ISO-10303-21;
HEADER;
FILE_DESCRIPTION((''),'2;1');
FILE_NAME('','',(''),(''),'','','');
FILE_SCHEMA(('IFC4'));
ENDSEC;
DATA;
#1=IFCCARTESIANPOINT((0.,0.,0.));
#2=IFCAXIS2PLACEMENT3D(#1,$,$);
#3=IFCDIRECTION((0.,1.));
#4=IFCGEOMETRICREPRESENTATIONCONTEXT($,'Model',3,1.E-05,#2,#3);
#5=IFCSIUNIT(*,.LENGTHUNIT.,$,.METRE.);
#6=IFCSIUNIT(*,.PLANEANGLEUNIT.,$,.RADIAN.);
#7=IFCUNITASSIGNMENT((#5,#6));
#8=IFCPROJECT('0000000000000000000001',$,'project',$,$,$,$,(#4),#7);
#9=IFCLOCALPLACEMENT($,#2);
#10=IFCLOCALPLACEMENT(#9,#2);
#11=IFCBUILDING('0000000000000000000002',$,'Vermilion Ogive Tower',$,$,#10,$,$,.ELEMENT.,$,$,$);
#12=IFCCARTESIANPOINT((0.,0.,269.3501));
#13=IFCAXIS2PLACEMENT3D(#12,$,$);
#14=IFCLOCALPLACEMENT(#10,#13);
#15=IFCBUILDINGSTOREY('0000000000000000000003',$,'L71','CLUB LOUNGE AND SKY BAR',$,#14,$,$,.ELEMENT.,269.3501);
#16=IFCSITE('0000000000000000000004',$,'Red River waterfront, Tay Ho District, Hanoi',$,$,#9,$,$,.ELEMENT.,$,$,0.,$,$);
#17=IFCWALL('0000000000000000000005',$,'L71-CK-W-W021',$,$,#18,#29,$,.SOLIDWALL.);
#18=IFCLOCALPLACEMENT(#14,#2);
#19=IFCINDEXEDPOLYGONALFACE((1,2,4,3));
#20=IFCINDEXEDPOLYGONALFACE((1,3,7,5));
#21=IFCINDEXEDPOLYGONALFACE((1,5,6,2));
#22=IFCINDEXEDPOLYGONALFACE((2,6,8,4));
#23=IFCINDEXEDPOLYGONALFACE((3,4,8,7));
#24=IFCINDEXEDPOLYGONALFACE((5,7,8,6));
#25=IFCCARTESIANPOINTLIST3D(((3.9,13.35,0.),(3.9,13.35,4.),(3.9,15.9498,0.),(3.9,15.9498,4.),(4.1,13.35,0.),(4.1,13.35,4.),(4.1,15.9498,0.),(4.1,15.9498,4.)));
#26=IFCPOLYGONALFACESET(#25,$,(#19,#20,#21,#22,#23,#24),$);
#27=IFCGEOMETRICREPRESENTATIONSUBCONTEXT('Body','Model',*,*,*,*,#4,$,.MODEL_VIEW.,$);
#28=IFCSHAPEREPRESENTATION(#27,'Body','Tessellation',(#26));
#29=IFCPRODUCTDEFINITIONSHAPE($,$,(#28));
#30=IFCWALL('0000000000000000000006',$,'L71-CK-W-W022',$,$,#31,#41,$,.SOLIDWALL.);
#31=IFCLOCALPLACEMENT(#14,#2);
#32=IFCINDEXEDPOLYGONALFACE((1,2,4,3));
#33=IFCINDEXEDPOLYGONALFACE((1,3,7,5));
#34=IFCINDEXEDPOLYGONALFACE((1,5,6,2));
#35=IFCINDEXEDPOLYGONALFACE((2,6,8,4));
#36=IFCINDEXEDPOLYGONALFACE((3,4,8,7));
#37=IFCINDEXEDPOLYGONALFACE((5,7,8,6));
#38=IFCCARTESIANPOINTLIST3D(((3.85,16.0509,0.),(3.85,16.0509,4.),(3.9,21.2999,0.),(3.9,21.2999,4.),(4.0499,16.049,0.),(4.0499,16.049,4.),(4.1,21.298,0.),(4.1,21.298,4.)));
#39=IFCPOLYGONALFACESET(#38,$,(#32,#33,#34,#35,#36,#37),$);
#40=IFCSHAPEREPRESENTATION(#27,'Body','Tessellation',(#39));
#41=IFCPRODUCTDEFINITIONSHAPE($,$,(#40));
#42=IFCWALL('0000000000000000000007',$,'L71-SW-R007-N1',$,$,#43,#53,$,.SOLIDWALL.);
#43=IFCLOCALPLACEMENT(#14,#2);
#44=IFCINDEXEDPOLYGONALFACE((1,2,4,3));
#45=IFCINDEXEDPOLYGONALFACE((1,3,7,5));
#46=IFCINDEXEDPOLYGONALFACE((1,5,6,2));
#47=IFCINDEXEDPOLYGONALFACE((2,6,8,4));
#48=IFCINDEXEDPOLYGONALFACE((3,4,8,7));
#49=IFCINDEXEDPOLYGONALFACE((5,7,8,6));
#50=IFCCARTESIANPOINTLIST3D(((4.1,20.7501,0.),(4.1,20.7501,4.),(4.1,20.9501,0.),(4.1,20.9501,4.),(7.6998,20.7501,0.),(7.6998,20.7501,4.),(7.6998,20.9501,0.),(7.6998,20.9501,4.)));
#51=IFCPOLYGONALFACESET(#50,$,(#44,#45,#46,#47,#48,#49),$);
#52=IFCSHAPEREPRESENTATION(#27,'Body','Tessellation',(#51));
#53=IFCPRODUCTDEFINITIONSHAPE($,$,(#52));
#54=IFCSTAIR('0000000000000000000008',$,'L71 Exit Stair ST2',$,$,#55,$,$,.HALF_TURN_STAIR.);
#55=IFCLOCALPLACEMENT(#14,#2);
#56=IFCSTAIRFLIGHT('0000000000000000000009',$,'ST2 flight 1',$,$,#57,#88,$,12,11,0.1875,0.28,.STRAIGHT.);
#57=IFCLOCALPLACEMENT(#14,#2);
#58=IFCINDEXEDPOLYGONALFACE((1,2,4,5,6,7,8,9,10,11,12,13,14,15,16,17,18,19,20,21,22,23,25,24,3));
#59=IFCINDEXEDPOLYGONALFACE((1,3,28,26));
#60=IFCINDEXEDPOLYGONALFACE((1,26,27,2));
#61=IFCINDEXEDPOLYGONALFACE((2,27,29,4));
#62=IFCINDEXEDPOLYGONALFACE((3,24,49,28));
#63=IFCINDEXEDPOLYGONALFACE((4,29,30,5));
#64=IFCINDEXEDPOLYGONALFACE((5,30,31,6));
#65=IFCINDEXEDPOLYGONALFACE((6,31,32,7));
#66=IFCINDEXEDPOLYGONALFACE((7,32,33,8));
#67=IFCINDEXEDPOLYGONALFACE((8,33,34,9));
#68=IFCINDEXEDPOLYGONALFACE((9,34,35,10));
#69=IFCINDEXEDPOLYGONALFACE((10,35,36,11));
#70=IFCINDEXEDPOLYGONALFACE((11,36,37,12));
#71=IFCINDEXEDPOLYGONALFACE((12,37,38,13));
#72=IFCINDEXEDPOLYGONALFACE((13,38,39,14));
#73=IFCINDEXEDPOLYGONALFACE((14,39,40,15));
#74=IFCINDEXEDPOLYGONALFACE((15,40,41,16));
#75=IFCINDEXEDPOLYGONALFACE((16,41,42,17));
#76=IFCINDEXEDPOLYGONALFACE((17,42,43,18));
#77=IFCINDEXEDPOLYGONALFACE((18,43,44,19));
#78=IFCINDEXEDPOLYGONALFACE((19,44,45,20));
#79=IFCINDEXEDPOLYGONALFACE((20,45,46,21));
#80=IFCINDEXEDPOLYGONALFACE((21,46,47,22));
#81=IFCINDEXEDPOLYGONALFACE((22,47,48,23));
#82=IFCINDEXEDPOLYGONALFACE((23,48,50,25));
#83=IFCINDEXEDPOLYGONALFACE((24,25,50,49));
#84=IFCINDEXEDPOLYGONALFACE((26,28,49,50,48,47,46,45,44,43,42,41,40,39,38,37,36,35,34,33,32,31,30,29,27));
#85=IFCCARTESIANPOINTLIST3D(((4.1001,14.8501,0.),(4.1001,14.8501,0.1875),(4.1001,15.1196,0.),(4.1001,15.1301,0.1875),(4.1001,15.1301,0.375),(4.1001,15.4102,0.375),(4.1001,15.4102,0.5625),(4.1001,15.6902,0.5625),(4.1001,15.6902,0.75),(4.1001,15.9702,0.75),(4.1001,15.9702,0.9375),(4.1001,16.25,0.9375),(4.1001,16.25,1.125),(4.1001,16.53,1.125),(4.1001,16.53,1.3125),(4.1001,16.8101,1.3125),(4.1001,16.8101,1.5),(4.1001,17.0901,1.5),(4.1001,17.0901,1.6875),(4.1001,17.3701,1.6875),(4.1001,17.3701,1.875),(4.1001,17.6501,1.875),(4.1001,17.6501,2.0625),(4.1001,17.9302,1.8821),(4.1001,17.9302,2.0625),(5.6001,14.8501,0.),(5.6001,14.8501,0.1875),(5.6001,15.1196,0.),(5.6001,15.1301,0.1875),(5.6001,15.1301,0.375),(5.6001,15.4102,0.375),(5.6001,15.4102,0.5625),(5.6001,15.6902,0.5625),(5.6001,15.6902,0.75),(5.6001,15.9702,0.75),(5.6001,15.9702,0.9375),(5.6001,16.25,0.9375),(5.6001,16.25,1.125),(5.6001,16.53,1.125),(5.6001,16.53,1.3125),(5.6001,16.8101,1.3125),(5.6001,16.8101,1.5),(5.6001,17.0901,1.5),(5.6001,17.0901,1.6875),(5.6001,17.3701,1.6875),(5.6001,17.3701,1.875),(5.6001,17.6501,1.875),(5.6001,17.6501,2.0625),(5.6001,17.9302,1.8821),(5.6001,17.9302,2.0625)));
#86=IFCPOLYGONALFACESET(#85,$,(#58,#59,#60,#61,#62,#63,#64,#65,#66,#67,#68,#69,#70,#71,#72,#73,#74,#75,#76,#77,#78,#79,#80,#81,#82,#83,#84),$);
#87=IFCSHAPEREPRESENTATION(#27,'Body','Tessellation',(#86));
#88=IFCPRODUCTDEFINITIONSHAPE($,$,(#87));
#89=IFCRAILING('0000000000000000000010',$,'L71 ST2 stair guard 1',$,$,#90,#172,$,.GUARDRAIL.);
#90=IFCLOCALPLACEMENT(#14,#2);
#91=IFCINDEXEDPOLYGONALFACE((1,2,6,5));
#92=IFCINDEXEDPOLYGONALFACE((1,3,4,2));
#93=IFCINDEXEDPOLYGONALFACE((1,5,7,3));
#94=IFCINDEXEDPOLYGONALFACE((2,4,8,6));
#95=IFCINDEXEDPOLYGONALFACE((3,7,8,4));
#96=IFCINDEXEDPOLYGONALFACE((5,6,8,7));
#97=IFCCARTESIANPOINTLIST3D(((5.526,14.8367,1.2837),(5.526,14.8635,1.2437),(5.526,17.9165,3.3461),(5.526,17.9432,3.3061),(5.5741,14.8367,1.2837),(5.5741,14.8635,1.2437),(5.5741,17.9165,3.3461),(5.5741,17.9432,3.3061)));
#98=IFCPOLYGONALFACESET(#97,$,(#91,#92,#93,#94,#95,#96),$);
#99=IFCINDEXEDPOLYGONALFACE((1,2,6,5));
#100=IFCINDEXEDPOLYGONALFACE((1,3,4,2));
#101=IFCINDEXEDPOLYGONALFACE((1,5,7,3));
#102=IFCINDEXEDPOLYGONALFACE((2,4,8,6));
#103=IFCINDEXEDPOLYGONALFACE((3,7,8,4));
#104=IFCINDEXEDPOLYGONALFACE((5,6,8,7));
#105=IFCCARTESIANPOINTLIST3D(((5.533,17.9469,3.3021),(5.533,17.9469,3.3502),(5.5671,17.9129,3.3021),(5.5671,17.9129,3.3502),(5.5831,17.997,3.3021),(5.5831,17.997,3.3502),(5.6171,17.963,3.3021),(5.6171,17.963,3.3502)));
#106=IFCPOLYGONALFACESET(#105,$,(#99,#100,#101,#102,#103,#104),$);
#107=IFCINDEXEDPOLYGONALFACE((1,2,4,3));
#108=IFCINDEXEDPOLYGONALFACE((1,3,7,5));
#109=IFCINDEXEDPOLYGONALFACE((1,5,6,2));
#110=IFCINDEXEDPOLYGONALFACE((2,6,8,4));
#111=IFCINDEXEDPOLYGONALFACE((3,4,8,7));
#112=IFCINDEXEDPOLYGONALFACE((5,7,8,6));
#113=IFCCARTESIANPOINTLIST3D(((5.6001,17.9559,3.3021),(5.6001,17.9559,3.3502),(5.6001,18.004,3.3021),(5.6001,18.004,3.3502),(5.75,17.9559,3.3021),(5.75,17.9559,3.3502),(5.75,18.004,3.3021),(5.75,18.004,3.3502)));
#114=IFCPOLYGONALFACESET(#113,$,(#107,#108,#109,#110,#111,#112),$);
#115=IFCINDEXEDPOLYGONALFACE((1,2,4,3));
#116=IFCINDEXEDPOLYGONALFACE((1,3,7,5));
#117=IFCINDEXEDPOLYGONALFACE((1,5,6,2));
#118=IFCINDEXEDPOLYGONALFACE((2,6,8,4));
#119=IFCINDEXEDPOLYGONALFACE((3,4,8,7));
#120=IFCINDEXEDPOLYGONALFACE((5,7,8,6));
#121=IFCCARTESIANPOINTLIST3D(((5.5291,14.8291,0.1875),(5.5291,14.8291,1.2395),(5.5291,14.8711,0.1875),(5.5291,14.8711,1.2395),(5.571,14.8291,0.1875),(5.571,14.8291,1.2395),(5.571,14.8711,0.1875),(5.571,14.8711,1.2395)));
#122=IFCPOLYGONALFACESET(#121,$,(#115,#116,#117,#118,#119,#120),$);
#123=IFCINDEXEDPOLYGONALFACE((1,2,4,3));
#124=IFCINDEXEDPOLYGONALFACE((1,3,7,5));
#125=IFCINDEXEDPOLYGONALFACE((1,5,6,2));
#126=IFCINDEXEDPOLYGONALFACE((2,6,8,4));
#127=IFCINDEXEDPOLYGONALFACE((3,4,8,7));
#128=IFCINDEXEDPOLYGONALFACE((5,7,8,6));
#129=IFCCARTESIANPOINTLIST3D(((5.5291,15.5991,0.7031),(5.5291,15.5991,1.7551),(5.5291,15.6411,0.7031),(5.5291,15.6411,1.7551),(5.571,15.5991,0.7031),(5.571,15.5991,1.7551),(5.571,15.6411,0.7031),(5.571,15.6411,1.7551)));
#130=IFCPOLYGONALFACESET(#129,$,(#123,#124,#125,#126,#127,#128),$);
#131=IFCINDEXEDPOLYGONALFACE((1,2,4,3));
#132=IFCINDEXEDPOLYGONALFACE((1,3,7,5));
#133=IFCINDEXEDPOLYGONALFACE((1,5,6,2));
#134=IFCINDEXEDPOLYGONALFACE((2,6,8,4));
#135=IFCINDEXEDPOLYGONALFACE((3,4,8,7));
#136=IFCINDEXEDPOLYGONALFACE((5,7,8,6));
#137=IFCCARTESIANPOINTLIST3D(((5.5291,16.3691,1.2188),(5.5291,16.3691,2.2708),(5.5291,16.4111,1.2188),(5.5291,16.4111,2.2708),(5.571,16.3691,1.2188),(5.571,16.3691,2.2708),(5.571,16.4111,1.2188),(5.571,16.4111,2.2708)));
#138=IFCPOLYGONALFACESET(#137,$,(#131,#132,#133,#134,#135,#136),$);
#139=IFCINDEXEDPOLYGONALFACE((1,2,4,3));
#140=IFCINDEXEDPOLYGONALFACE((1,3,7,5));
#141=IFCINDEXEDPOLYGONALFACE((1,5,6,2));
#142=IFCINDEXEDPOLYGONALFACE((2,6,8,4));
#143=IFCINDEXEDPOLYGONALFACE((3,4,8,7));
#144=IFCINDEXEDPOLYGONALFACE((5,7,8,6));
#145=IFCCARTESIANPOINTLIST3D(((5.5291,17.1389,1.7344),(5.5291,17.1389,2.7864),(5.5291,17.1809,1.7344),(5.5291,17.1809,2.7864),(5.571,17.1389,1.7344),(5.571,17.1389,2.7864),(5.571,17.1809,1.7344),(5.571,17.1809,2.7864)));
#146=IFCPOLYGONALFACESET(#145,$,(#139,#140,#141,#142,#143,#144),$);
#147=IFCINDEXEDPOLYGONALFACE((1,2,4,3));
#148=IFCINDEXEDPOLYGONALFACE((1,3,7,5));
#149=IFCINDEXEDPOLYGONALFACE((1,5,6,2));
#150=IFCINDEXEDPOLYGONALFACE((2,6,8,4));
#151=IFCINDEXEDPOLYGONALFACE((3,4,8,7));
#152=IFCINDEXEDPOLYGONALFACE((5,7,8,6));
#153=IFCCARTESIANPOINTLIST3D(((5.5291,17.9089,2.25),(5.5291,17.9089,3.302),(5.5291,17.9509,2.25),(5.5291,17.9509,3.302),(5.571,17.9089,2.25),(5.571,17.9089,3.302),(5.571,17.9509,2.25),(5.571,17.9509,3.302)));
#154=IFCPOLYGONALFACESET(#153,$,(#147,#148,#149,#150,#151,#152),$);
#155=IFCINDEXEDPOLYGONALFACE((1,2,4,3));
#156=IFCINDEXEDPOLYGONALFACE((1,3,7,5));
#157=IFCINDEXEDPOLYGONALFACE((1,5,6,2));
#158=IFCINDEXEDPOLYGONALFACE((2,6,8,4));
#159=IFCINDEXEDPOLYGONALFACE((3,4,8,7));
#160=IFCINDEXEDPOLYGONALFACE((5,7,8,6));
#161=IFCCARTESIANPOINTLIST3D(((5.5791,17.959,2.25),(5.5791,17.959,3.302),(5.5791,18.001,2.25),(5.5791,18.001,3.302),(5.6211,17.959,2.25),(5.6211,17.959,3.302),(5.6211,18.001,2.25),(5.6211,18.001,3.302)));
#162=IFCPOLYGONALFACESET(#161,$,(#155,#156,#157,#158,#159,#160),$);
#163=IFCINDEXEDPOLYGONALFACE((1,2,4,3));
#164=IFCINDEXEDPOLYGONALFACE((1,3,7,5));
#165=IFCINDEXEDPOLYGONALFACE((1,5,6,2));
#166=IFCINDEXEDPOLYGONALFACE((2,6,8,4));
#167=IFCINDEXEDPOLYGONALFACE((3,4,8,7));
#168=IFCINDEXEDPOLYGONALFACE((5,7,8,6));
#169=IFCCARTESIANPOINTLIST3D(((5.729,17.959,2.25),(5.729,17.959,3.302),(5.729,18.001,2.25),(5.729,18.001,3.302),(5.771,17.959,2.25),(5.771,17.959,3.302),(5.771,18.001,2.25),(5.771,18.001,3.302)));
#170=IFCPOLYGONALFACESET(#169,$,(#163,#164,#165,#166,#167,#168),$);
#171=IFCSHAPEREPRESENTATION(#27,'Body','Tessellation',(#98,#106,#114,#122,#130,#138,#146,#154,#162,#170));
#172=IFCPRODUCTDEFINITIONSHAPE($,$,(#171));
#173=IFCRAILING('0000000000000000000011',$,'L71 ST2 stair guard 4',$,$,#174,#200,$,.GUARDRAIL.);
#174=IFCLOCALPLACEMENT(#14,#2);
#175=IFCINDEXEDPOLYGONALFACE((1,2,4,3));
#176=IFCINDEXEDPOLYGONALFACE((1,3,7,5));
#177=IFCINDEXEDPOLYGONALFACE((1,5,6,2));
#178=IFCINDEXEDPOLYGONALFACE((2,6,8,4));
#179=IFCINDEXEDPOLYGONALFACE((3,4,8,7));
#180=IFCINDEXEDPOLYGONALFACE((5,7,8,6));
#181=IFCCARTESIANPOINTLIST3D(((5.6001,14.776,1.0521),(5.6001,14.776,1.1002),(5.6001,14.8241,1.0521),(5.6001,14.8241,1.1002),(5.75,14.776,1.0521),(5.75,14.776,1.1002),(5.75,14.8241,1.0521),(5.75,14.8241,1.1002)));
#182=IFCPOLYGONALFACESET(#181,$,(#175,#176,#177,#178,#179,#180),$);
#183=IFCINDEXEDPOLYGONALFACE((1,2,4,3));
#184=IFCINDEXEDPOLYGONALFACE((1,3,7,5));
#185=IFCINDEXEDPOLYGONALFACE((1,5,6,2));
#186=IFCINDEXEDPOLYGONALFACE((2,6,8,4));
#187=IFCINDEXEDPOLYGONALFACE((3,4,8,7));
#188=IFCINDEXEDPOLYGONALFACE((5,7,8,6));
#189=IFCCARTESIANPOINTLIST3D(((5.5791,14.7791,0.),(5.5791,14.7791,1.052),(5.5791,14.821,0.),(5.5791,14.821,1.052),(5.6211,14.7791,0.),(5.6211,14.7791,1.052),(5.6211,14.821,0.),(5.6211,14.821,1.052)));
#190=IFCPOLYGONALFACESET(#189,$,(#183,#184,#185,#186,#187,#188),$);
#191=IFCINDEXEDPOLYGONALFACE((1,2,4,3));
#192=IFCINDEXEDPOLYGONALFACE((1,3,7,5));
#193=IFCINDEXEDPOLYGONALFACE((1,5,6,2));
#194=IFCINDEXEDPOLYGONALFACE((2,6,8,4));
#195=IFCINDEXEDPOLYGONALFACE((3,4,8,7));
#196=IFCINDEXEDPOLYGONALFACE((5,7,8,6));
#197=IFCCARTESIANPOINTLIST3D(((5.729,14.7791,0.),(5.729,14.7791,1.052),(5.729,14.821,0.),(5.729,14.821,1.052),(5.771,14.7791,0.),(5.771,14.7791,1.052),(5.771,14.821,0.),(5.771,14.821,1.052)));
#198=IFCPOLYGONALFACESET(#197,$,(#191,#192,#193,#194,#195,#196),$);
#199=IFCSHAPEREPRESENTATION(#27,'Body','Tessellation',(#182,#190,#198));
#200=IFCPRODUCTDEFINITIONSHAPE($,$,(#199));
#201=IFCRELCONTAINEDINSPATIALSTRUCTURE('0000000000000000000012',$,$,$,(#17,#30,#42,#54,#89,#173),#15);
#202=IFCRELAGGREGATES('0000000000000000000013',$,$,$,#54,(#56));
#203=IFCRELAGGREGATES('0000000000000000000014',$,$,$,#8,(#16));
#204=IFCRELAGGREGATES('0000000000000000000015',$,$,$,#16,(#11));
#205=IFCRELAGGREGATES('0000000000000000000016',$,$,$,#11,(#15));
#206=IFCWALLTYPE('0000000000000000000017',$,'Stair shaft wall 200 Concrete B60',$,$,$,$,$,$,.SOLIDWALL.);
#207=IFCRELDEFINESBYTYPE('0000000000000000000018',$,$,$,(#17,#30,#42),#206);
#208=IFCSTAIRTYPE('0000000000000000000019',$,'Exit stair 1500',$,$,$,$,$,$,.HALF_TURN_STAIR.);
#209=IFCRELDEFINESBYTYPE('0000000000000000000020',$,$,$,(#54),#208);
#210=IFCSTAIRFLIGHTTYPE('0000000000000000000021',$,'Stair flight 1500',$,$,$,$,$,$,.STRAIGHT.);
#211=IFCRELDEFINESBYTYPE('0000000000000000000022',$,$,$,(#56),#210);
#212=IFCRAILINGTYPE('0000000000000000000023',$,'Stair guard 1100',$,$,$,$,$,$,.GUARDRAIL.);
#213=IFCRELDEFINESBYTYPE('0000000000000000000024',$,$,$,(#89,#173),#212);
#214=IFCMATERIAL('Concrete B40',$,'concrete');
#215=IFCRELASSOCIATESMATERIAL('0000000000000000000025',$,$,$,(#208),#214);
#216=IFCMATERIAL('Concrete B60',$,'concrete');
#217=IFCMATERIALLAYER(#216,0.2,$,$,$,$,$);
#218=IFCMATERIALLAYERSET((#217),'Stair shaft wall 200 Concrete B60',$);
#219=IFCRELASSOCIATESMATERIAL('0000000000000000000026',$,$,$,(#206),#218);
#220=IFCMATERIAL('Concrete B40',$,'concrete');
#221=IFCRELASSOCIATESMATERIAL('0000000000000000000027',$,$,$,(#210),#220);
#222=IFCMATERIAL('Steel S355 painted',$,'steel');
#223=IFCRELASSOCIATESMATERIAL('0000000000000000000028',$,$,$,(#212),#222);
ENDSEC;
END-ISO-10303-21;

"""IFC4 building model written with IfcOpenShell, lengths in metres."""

from ifc_helpers import new_model, si_unit, direction, frame, frame_2d, origin, origin_2d, place, context, subcontext, project, spatial, polyline, rectangle, outline, extrude, material, layer, layer_set, type_object, element, aggregate, save


model = new_model("IFC4")

# Units and contexts
model_context = context("Model", 3, precision=1e-05, world=origin(), true_north=direction((0.0, 1.0)))
body_context = subcontext(model_context, "Body", "Model", "MODEL_VIEW")
ifc_project = project(units=[si_unit("LENGTHUNIT", "METRE"), si_unit("PLANEANGLEUNIT", "RADIAN")], contexts=[model_context])

# Site, building, storey
site_placement = place(None, origin())
site = spatial("IfcSite", under=ifc_project, at=site_placement, Name="Red River waterfront, Tay Ho District, Hanoi", CompositionType="ELEMENT", RefElevation=0.0)
building_placement = place(site_placement, origin())
building = spatial("IfcBuilding", under=site, at=building_placement, Name="Vermilion Ogive Tower", CompositionType="ELEMENT")
storey_placement = place(building_placement, frame((0.0, 0.0, 269.3501)))
storey = spatial("IfcBuildingStorey", under=building, at=storey_placement, Name="L71", Description="CLUB LOUNGE AND SKY BAR", CompositionType="ELEMENT", Elevation=269.3501)

# Shared definitions
ifc_material_1 = material(Name="Concrete B40", Category="concrete")
stair_type = type_object("IfcStairType", Name="Exit stair 1500", PredefinedType="HALF_TURN_STAIR", material=ifc_material_1)

# Shared definitions
ifc_material_2 = material(Name="Concrete B60", Category="concrete")
ifc_layer_1 = layer(ifc_material_2, 0.2)
ifc_layer_set_1 = layer_set([ifc_layer_1], Name="Stair shaft wall 200 Concrete B60")
wall_type_1 = type_object("IfcWallType", Name="Stair shaft wall 200 Concrete B60", PredefinedType="SOLIDWALL", material=ifc_layer_set_1)

# Walls
wall_1_placement = place(storey_placement, frame((4.0, 13.3501, 0.0), z_axis=(0.0, 0.0, 1.0), x_axis=(0.0, 1.0, 0.0)))
element("IfcWall", 1, at=wall_1_placement, inside=storey, type_object=wall_type_1, Name="L71-CK-W-W021", PredefinedType="SOLIDWALL", context=body_context, shape_type="SweptSolid", body=[
    extrude(rectangle(XDim=2.5999, YDim=0.2, at=frame_2d((1.2998, 0.0))), origin(), (0.0, 0.0, 1.0), 4.0),
])
wall_2_placement = place(storey_placement, frame((3.95, 16.05, 0.0), z_axis=(0.0, 0.0, 1.0), x_axis=(0.009534, 0.999955, 0.0)))
element("IfcWall", 2, at=wall_2_placement, inside=storey, type_object=wall_type_1, Name="L71-CK-W-W022", PredefinedType="SOLIDWALL", context=body_context, shape_type="SweptSolid", body=[
    extrude(rectangle(XDim=5.2493, YDim=0.2, at=frame_2d((2.6245, 0.0))), origin(), (0.0, 0.0, 1.0), 4.0),
])
wall_3_placement = place(storey_placement, frame((4.1001, 20.8501, 0.0), z_axis=(0.0, 0.0, 1.0), x_axis=(1.0, 0.0, 0.0)))
element("IfcWall", 3, at=wall_3_placement, inside=storey, type_object=wall_type_1, Name="L71-SW-R007-N1", PredefinedType="SOLIDWALL", context=body_context, shape_type="SweptSolid", body=[
    extrude(rectangle(XDim=3.5999, YDim=0.2, at=frame_2d((1.7998, 0.0))), origin(), (0.0, 0.0, 1.0), 4.0),
])

# Stair, stair flight
stair_1_placement = place(storey_placement, origin())
stair_1 = element("IfcStair", 4, at=stair_1_placement, inside=storey, type_object=stair_type, Name="L71 Exit Stair ST2", PredefinedType="HALF_TURN_STAIR")
ifc_material_3 = material(Name="Concrete B40", Category="concrete")
stair_flight_type = type_object("IfcStairFlightType", Name="Stair flight 1500", PredefinedType="STRAIGHT", material=ifc_material_3)
stair_flight_placement = place(storey_placement, frame((4.8501, 14.8501, 0.0), z_axis=(0.0, 0.0, 1.0), x_axis=(0.0, 1.0, 0.0)))
stair_flight = element("IfcStairFlight", 5, at=stair_flight_placement, type_object=stair_flight_type, Name="ST2 flight 1", NumberOfRisers=12, NumberOfTreads=11, PredefinedType="STRAIGHT", RiserHeight=0.1875, TreadLength=0.28, context=body_context, shape_type="SweptSolid", body=[
    extrude(outline(polyline([(0.0, 0.0), (0.0, 0.1875), (0.28, 0.1875), (0.28, 0.375), (0.5601, 0.375), (0.5601, 0.5625), (0.8401, 0.5625), (0.8401, 0.75), (1.1201, 0.75), (1.1201, 0.9375), (1.3999, 0.9375), (1.3999, 1.125), (1.6799, 1.125), (1.6799, 1.3125), (1.96, 1.3125), (1.96, 1.5), (2.24, 1.5), (2.24, 1.6875), (2.52, 1.6875), (2.52, 1.875), (2.8, 1.875), (2.8, 2.0625), (3.0801, 2.0625), (3.0801, 2.25), (3.0801, 1.8821), (0.2695, 0.0), (0.0, 0.0)])), frame((0.0, 0.75, 0.0), z_axis=(0.0, -1.0, 0.0), x_axis=(1.0, 0.0, 0.0)), (0.0, 0.0, 1.0), 1.5),
])
aggregate(stair_1, [stair_flight])

# Railings
ifc_material_4 = material(Name="Steel S355 painted", Category="steel")
railing_type_1 = type_object("IfcRailingType", Name="Stair guard 1100", PredefinedType="GUARDRAIL", material=ifc_material_4)
railing_1_placement = place(storey_placement, frame((5.55, 14.8501, 0.1875)))
element("IfcRailing", 6, at=railing_1_placement, inside=storey, type_object=railing_type_1, Name="L71 ST2 stair guard 1", PredefinedType="GUARDRAIL", context=body_context, shape_type="SweptSolid", body=[
    extrude(rectangle(XDim=0.0481, YDim=0.0481, at=origin_2d()), frame((0.0, 0.0, 1.0762), z_axis=(0.0, 0.830893, 0.556432), x_axis=(-1.0, 0.0, 0.0)), (0.0, 0.0, 1.0), 3.7065),
    extrude(rectangle(XDim=0.0481, YDim=0.0481, at=origin_2d()), frame((0.0, 3.0798, 3.1387), z_axis=(0.707107, 0.707107, 0.0), x_axis=(-0.707107, 0.707107, 0.0)), (0.0, 0.0, 1.0), 0.0708),
    extrude(rectangle(XDim=0.0481, YDim=0.0481, at=origin_2d()), frame((0.05, 3.1299, 3.1387), z_axis=(1.0, 0.0, 0.0), x_axis=(0.0, 1.0, 0.0)), (0.0, 0.0, 1.0), 0.1499),
    extrude(rectangle(XDim=0.042, YDim=0.042, at=origin_2d()), origin(), (0.0, 0.0, 1.0), 1.052),
    extrude(rectangle(XDim=0.042, YDim=0.042, at=origin_2d()), frame((0.0, 0.77, 0.5156)), (0.0, 0.0, 1.0), 1.052),
    extrude(rectangle(XDim=0.042, YDim=0.042, at=origin_2d()), frame((0.0, 1.54, 1.0312)), (0.0, 0.0, 1.0), 1.052),
    extrude(rectangle(XDim=0.042, YDim=0.042, at=origin_2d()), frame((0.0, 2.3098, 1.5469)), (0.0, 0.0, 1.0), 1.052),
    extrude(rectangle(XDim=0.042, YDim=0.042, at=origin_2d()), frame((0.0, 3.0798, 2.0625)), (0.0, 0.0, 1.0), 1.052),
    extrude(rectangle(XDim=0.042, YDim=0.042, at=origin_2d()), frame((0.05, 3.1299, 2.0625)), (0.0, 0.0, 1.0), 1.052),
    extrude(rectangle(XDim=0.042, YDim=0.042, at=origin_2d()), frame((0.2, 3.1299, 2.0625)), (0.0, 0.0, 1.0), 1.052),
])
railing_2_placement = place(storey_placement, frame((5.6001, 14.8, 0.0)))
element("IfcRailing", 7, at=railing_2_placement, inside=storey, type_object=railing_type_1, Name="L71 ST2 stair guard 4", PredefinedType="GUARDRAIL", context=body_context, shape_type="SweptSolid", body=[
    extrude(rectangle(XDim=0.0481, YDim=0.0481, at=origin_2d()), frame((0.0, 0.0, 1.0762), z_axis=(1.0, 0.0, 0.0), x_axis=(0.0, 1.0, 0.0)), (0.0, 0.0, 1.0), 0.1499),
    extrude(rectangle(XDim=0.042, YDim=0.042, at=origin_2d()), origin(), (0.0, 0.0, 1.0), 1.052),
    extrude(rectangle(XDim=0.042, YDim=0.042, at=origin_2d()), frame((0.1499, 0.0, 0.0)), (0.0, 0.0, 1.0), 1.052),
])

save(model, "model.ifc")
